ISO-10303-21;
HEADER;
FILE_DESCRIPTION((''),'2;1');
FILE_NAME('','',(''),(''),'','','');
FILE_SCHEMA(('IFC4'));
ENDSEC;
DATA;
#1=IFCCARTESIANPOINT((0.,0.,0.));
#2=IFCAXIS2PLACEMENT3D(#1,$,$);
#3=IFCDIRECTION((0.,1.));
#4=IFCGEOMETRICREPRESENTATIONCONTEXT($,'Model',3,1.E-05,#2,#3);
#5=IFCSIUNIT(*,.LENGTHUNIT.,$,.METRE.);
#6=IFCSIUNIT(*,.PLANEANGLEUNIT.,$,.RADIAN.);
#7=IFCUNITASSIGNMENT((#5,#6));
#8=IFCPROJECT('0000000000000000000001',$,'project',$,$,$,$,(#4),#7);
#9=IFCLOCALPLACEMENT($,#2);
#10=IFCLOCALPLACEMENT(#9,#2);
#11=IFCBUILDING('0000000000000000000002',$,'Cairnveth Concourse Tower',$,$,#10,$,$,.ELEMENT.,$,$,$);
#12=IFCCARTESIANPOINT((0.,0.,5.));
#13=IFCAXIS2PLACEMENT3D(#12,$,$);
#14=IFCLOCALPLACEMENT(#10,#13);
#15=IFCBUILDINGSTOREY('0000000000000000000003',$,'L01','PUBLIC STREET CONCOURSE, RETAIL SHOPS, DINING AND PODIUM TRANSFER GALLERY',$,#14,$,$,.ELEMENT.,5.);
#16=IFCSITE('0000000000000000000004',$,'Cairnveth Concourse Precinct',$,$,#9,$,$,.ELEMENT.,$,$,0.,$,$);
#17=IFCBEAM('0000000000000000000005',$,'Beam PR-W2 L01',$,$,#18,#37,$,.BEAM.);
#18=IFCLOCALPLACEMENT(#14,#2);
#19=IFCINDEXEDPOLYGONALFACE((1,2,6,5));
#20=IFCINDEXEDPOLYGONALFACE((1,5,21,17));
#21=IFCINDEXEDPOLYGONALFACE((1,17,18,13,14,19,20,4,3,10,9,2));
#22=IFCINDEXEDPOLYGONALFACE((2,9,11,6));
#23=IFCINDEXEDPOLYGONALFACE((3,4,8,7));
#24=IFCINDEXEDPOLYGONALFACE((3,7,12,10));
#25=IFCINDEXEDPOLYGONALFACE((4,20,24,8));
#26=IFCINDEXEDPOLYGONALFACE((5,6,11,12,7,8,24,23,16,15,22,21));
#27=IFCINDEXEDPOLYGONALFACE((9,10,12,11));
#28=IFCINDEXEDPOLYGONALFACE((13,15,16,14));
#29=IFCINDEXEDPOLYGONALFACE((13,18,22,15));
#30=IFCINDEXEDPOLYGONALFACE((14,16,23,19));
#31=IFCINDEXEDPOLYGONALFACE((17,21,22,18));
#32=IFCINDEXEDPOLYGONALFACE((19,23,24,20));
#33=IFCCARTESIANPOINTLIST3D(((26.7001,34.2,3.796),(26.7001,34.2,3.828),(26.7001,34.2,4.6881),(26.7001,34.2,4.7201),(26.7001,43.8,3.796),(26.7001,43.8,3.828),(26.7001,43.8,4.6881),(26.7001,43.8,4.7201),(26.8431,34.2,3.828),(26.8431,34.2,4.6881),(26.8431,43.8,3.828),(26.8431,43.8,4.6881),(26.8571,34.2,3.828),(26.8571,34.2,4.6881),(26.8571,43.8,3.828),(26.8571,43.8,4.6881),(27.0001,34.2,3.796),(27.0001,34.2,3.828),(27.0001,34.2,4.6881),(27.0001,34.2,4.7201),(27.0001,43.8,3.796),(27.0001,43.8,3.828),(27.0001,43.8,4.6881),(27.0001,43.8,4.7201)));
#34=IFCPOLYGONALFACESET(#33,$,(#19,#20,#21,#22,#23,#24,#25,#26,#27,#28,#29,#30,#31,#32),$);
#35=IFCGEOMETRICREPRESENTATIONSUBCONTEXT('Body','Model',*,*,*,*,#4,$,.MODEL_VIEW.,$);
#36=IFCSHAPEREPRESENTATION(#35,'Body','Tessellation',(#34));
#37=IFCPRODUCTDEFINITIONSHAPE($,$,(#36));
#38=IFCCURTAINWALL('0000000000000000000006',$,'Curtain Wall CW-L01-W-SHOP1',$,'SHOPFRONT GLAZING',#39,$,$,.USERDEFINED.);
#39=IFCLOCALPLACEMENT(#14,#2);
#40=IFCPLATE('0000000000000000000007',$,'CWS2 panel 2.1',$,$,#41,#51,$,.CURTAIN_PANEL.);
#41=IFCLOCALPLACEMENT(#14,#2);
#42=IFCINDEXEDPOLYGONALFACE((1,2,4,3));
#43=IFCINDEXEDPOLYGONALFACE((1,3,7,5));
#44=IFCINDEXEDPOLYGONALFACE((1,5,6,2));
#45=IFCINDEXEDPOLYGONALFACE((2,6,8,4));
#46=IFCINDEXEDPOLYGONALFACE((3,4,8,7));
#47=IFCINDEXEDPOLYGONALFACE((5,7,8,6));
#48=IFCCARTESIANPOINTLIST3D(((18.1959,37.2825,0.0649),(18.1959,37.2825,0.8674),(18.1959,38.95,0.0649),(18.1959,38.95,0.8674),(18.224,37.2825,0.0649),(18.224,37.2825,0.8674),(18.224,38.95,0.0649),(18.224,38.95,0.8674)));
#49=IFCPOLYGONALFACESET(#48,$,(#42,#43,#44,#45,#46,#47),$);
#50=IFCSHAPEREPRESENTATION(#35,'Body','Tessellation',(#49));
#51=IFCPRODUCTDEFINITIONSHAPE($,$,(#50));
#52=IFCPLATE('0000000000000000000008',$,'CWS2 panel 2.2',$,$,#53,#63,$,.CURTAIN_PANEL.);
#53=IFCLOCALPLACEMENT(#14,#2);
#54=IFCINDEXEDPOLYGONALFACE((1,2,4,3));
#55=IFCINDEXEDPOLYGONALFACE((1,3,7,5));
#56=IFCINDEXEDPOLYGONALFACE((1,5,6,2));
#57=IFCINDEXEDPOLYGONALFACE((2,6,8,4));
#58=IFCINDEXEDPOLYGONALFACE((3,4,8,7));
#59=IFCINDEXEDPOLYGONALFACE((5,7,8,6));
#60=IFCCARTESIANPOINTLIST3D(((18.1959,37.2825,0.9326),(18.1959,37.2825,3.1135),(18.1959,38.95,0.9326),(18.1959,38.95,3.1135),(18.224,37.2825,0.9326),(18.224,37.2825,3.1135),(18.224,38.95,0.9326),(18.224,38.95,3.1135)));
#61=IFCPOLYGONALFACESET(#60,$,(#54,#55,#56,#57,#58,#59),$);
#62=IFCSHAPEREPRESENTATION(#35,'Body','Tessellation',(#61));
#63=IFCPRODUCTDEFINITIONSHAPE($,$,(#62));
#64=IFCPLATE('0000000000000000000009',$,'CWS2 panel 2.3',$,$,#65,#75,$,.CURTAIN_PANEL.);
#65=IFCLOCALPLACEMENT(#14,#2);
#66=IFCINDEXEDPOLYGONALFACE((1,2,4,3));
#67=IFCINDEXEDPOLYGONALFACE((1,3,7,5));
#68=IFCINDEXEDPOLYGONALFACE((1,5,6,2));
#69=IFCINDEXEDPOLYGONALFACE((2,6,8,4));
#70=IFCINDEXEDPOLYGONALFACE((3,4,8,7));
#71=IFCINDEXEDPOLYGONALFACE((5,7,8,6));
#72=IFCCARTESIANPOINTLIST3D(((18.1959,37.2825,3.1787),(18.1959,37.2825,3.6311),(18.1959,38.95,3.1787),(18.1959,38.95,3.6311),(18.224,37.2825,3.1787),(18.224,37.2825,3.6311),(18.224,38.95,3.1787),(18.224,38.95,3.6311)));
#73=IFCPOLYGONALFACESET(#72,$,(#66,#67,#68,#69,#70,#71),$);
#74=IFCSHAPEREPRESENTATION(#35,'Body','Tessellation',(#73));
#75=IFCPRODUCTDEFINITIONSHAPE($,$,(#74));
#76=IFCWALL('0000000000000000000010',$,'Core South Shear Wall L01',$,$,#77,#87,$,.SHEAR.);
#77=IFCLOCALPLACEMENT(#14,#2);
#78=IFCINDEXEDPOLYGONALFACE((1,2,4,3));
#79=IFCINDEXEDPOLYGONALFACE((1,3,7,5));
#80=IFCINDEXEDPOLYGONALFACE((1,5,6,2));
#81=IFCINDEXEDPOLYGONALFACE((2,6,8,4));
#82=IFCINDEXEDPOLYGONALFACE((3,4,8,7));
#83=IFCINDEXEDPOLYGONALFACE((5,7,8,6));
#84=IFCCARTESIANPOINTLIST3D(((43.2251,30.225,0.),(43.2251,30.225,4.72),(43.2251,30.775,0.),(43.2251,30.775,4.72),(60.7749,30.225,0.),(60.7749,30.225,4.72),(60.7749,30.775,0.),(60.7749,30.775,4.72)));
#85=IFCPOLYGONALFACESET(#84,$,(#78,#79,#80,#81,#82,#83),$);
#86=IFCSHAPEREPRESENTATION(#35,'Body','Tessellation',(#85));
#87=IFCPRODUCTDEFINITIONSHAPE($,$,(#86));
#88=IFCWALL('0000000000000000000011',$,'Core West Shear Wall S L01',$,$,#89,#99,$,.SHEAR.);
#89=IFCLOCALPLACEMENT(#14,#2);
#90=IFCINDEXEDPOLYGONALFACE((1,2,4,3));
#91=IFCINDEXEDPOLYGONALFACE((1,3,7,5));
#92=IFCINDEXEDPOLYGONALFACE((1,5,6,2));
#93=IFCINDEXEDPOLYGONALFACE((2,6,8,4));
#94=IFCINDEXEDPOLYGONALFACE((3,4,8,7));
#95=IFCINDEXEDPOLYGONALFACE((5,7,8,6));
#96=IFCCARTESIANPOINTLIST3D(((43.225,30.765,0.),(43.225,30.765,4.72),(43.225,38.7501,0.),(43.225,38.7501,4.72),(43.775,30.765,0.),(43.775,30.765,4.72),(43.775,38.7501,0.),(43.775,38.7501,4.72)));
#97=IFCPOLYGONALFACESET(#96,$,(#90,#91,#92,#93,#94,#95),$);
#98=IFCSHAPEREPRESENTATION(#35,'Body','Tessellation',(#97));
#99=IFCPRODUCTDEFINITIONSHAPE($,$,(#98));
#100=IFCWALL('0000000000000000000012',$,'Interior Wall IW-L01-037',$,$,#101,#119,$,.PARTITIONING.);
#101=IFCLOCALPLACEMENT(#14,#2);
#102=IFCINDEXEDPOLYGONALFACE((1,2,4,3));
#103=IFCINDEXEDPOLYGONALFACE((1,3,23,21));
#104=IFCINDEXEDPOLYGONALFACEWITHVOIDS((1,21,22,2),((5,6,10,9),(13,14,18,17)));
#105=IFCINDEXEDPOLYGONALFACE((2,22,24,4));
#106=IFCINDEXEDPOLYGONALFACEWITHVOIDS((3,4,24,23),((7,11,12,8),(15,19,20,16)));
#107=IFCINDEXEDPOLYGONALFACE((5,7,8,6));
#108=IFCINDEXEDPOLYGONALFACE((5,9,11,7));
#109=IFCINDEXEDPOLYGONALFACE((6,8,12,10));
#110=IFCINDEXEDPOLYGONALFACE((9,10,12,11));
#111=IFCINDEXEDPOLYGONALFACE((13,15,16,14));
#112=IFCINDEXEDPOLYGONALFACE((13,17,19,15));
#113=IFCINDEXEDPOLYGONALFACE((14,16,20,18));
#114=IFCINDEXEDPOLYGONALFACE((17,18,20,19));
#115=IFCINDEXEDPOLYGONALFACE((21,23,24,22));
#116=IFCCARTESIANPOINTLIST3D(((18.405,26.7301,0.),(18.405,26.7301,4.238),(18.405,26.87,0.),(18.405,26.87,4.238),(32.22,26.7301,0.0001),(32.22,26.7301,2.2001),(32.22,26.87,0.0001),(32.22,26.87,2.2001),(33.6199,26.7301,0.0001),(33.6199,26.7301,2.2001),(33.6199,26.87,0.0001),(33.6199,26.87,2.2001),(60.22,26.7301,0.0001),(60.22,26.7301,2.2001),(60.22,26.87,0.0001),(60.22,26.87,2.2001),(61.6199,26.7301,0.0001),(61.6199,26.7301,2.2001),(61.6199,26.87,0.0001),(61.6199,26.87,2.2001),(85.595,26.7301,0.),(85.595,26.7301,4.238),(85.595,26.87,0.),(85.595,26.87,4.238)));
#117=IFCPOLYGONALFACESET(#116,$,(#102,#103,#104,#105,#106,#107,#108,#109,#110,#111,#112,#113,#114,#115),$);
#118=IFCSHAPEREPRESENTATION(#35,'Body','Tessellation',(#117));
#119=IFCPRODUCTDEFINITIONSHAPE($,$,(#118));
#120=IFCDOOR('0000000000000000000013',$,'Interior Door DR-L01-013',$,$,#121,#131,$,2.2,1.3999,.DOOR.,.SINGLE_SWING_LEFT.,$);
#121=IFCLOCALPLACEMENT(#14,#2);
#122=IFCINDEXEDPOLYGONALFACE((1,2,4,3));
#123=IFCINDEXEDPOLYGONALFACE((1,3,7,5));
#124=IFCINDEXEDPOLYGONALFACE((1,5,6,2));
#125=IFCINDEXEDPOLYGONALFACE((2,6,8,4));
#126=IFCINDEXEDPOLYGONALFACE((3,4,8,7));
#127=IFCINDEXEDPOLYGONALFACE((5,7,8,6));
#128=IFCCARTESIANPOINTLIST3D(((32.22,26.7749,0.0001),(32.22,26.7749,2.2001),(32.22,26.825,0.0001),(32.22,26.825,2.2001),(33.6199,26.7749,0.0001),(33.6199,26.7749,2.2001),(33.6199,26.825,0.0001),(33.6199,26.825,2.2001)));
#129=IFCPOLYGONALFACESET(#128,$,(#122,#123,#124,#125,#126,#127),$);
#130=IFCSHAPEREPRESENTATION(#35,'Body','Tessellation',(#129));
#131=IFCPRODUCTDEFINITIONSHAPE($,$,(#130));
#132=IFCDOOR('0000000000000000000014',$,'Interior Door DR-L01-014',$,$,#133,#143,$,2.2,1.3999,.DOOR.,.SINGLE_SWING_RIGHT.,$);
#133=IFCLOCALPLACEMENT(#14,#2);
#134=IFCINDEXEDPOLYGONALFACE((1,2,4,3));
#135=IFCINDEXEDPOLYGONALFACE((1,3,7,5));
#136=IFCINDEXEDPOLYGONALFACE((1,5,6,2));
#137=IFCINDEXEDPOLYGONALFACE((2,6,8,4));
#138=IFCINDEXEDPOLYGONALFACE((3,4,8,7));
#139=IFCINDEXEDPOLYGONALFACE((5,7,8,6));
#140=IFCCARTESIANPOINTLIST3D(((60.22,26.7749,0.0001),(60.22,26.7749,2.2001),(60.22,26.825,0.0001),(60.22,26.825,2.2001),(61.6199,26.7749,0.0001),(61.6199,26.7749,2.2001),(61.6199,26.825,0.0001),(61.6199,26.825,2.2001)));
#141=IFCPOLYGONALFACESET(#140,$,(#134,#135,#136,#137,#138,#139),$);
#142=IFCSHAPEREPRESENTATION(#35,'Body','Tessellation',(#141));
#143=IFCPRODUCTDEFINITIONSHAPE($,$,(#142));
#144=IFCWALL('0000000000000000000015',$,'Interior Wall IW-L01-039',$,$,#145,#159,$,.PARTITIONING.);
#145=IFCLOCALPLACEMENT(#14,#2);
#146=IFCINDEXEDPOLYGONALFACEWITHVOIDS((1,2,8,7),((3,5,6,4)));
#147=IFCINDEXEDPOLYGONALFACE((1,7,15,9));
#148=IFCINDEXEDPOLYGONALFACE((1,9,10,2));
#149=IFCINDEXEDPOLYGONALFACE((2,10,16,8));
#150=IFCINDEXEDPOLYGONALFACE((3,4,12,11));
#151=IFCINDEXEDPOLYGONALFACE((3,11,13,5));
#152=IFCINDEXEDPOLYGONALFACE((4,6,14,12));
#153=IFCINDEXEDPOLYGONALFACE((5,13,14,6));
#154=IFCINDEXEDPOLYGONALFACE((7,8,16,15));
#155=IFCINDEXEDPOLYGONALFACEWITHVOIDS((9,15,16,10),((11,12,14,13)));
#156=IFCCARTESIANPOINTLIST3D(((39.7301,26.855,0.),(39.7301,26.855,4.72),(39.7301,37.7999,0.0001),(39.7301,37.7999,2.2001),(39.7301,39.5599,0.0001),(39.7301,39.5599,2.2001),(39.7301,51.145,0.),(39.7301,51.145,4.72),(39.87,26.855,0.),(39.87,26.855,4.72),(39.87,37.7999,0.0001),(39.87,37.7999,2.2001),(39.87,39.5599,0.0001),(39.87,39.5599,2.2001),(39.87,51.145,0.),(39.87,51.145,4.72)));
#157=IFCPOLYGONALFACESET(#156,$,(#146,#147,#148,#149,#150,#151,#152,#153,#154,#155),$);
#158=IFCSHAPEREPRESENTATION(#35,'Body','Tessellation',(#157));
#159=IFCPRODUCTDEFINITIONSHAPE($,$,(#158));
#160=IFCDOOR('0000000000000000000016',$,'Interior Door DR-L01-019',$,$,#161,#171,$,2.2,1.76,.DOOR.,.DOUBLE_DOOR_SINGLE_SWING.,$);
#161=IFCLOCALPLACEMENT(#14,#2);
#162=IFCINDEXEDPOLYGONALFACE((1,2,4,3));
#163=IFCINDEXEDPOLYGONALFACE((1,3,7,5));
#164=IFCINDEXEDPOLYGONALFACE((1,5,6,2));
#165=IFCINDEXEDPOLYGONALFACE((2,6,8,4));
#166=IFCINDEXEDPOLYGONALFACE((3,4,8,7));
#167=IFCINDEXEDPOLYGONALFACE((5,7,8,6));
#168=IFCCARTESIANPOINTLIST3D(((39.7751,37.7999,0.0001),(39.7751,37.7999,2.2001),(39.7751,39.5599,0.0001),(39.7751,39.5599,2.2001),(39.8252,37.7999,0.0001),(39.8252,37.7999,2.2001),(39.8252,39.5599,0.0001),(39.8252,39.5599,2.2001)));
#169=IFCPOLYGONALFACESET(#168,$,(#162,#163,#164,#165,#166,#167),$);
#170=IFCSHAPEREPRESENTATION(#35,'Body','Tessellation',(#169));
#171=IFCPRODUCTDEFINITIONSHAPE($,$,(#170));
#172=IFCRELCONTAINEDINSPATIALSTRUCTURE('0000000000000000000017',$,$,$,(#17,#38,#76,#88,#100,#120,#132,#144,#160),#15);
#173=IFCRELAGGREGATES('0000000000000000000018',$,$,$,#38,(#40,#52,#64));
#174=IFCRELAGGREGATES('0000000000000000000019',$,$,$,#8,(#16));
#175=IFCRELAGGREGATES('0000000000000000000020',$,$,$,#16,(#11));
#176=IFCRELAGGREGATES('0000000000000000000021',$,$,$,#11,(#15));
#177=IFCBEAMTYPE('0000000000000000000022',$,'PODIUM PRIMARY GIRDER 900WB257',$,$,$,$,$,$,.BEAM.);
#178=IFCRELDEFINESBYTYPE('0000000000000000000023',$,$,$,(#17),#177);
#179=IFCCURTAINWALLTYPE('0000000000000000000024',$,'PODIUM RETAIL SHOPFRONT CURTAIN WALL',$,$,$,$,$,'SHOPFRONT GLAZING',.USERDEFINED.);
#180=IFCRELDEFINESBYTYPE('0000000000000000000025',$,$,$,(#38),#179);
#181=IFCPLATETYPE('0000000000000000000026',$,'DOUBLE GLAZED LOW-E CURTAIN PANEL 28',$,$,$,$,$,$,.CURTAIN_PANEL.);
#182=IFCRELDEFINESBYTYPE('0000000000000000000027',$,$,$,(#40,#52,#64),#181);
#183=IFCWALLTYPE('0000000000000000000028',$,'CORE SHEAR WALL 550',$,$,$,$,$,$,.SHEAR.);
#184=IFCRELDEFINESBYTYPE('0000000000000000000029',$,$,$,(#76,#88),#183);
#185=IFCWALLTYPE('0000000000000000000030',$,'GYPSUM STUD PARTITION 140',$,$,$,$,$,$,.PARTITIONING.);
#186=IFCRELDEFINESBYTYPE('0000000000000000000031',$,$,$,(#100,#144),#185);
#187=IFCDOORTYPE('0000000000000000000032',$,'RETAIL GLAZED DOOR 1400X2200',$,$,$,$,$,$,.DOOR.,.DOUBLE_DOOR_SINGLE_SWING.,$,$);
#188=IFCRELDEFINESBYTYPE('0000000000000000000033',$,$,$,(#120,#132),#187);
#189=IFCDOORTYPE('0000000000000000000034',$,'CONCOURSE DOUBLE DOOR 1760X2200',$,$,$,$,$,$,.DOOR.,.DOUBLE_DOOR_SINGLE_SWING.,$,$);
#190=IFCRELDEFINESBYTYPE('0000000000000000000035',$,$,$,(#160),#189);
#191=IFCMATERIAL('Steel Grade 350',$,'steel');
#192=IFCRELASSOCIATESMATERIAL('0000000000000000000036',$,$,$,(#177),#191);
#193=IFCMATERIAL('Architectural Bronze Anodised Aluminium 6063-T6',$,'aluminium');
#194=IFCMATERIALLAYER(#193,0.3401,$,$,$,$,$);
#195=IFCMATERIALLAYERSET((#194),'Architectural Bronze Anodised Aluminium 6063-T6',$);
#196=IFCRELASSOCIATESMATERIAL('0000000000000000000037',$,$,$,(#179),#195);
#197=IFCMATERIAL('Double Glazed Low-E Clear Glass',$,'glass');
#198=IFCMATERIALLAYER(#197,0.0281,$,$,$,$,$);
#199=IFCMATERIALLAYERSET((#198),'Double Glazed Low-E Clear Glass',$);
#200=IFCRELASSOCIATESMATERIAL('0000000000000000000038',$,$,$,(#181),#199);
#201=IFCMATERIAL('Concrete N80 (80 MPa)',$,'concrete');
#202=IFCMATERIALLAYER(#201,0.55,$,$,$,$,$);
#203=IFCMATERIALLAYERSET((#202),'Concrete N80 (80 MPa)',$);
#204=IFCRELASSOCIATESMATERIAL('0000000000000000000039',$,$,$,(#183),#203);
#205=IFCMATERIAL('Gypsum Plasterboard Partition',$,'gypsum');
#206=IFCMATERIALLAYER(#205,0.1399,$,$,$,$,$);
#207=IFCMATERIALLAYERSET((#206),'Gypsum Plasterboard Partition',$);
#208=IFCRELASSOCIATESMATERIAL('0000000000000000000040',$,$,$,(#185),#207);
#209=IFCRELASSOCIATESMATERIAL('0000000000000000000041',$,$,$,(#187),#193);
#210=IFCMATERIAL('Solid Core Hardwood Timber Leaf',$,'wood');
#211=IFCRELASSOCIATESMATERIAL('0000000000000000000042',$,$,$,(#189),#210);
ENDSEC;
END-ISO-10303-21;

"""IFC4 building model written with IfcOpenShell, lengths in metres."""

from ifc_helpers import new_model, si_unit, direction, frame, frame_2d, origin, origin_2d, place, context, subcontext, project, spatial, rectangle, i_section, extrude, material, layer, layer_set, material_profile, profile_set, type_object, element, fill, aggregate, save


model = new_model("IFC4")

# Units and contexts
model_context = context("Model", 3, precision=1e-05, world=origin(), true_north=direction((0.0, 1.0)))
body_context = subcontext(model_context, "Body", "Model", "MODEL_VIEW")
ifc_project = project(units=[si_unit("LENGTHUNIT", "METRE"), si_unit("PLANEANGLEUNIT", "RADIAN")], contexts=[model_context])

# Site, building, storey
site_placement = place(None, origin())
site = spatial("IfcSite", under=ifc_project, at=site_placement, Name="Cairnveth Concourse Precinct", CompositionType="ELEMENT", RefElevation=0.0)
building_placement = place(site_placement, origin())
building = spatial("IfcBuilding", under=site, at=building_placement, Name="Cairnveth Concourse Tower", CompositionType="ELEMENT")
storey_placement = place(building_placement, frame((0.0, 0.0, 5.0)))
storey = spatial("IfcBuildingStorey", under=building, at=storey_placement, Name="L01", Description="PUBLIC STREET CONCOURSE, RETAIL SHOPS, DINING AND PODIUM TRANSFER GALLERY", CompositionType="ELEMENT", Elevation=5.0)

# Shared definitions
ifc_material_1 = material(Name="Concrete N80 (80 MPa)", Category="concrete")

# Beam
ifc_material_2 = material(Name="Steel Grade 350", Category="steel")
ifc_material_profile_1 = material_profile(ifc_material_2, i_section(OverallWidth=0.3, OverallDepth=0.9241, WebThickness=0.0139, FlangeThickness=0.032, at=origin_2d()), Name="900WB257")
ifc_profile_set_1 = profile_set([ifc_material_profile_1], Name="Steel Grade 350")
beam_type_1 = type_object("IfcBeamType", Name="PODIUM PRIMARY GIRDER 900WB257", PredefinedType="BEAM", material=ifc_profile_set_1)
beam_1_placement = place(storey_placement, frame((26.8501, 34.2, 4.2581), z_axis=(0.0, 1.0, 0.0), x_axis=(-1.0, 0.0, 0.0)))
element("IfcBeam", 1, at=beam_1_placement, inside=storey, type_object=beam_type_1, Name="Beam PR-W2 L01", PredefinedType="BEAM", context=body_context, shape_type="SweptSolid", body=[
    extrude(i_section(OverallWidth=0.3, OverallDepth=0.9241, WebThickness=0.0139, FlangeThickness=0.032, at=origin_2d()), origin(), (0.0, 0.0, 1.0), 9.6001),
])

# Curtain wall, plates
ifc_material_3 = material(Name="Architectural Bronze Anodised Aluminium 6063-T6", Category="aluminium")
ifc_layer_1 = layer(ifc_material_3, 0.3401)
ifc_layer_set_1 = layer_set([ifc_layer_1], Name="Architectural Bronze Anodised Aluminium 6063-T6")
curtain_wall_type = type_object("IfcCurtainWallType", Name="PODIUM RETAIL SHOPFRONT CURTAIN WALL", ElementType="SHOPFRONT GLAZING", PredefinedType="USERDEFINED", material=ifc_layer_set_1)
curtain_wall_placement = place(storey_placement, origin())
curtain_wall = element("IfcCurtainWall", 2, at=curtain_wall_placement, inside=storey, type_object=curtain_wall_type, Name="Curtain Wall CW-L01-W-SHOP1", ObjectType="SHOPFRONT GLAZING", PredefinedType="USERDEFINED")
ifc_material_4 = material(Name="Double Glazed Low-E Clear Glass", Category="glass")
ifc_layer_2 = layer(ifc_material_4, 0.0281)
ifc_layer_set_2 = layer_set([ifc_layer_2], Name="Double Glazed Low-E Clear Glass")
plate_type = type_object("IfcPlateType", Name="DOUBLE GLAZED LOW-E CURTAIN PANEL 28", PredefinedType="CURTAIN_PANEL", material=ifc_layer_set_2)
plate_1_placement = place(storey_placement, frame((18.21, 38.1162, 0.0649), z_axis=(0.0, 0.0, 1.0), x_axis=(0.0, 1.0, 0.0)))
plate_1 = element("IfcPlate", 3, at=plate_1_placement, type_object=plate_type, Name="CWS2 panel 2.1", PredefinedType="CURTAIN_PANEL", context=body_context, shape_type="SweptSolid", body=[
    extrude(rectangle(XDim=1.6675, YDim=0.0281, at=origin_2d()), origin(), (0.0, 0.0, 1.0), 0.8025),
])
plate_2_placement = place(storey_placement, frame((18.21, 38.1162, 0.9326), z_axis=(0.0, 0.0, 1.0), x_axis=(0.0, 1.0, 0.0)))
plate_2 = element("IfcPlate", 4, at=plate_2_placement, type_object=plate_type, Name="CWS2 panel 2.2", PredefinedType="CURTAIN_PANEL", context=body_context, shape_type="SweptSolid", body=[
    extrude(rectangle(XDim=1.6675, YDim=0.0281, at=origin_2d()), origin(), (0.0, 0.0, 1.0), 2.1809),
])
plate_3_placement = place(storey_placement, frame((18.21, 38.1162, 3.1787), z_axis=(0.0, 0.0, 1.0), x_axis=(0.0, 1.0, 0.0)))
plate_3 = element("IfcPlate", 5, at=plate_3_placement, type_object=plate_type, Name="CWS2 panel 2.3", PredefinedType="CURTAIN_PANEL", context=body_context, shape_type="SweptSolid", body=[
    extrude(rectangle(XDim=1.6675, YDim=0.0281, at=origin_2d()), origin(), (0.0, 0.0, 1.0), 0.4524),
])
aggregate(curtain_wall, [plate_1, plate_2, plate_3])

# Walls
ifc_layer_3 = layer(ifc_material_1, 0.55)
ifc_layer_set_3 = layer_set([ifc_layer_3], Name="Concrete N80 (80 MPa)")
wall_type_1 = type_object("IfcWallType", Name="CORE SHEAR WALL 550", PredefinedType="SHEAR", material=ifc_layer_set_3)
wall_1_placement = place(storey_placement, frame((43.2251, 30.5, 0.0), z_axis=(0.0, 0.0, 1.0), x_axis=(1.0, 0.0, 0.0)))
element("IfcWall", 6, at=wall_1_placement, inside=storey, type_object=wall_type_1, Name="Core South Shear Wall L01", PredefinedType="SHEAR", context=body_context, shape_type="SweptSolid", body=[
    extrude(rectangle(XDim=17.5498, YDim=0.55, at=frame_2d((8.7749, 0.0))), origin(), (0.0, 0.0, 1.0), 4.72),
])
wall_2_placement = place(storey_placement, frame((43.5, 30.7649, 0.0), z_axis=(0.0, 0.0, 1.0), x_axis=(0.0, 1.0, 0.0)))
element("IfcWall", 7, at=wall_2_placement, inside=storey, type_object=wall_type_1, Name="Core West Shear Wall S L01", PredefinedType="SHEAR", context=body_context, shape_type="SweptSolid", body=[
    extrude(rectangle(XDim=7.9851, YDim=0.55, at=frame_2d((3.9927, 0.0))), origin(), (0.0, 0.0, 1.0), 4.72),
])

# Wall, openings, doors
ifc_material_5 = material(Name="Gypsum Plasterboard Partition", Category="gypsum")
ifc_layer_4 = layer(ifc_material_5, 0.1399)
ifc_layer_set_4 = layer_set([ifc_layer_4], Name="Gypsum Plasterboard Partition")
wall_type_2 = type_object("IfcWallType", Name="GYPSUM STUD PARTITION 140", PredefinedType="PARTITIONING", material=ifc_layer_set_4)
wall_3_placement = place(storey_placement, frame((18.405, 26.8, 0.0), z_axis=(0.0, 0.0, 1.0), x_axis=(1.0, 0.0, 0.0)))
wall_3 = element("IfcWall", 8, at=wall_3_placement, inside=storey, type_object=wall_type_2, Name="Interior Wall IW-L01-037", PredefinedType="PARTITIONING", context=body_context, shape_type="SweptSolid", body=[
    extrude(rectangle(XDim=67.1899, YDim=0.1399, at=frame_2d((33.595, 0.0))), origin(), (0.0, 0.0, 1.0), 4.238),
])
opening_1_placement = place(wall_3_placement, frame((13.8149, 0.0, 0.0)))
opening_1 = element("IfcOpeningElement", 9, at=opening_1_placement, cuts=wall_3, PredefinedType="OPENING", context=body_context, shape_type="SweptSolid", body=[
    extrude(rectangle(XDim=1.3999, YDim=2.2, at=frame_2d((0.7, 1.1001))), frame((0.0, 0.0798, 0.0), z_axis=(0.0, -1.0, 0.0), x_axis=(1.0, 0.0, 0.0)), (0.0, 0.0, 1.0), 0.1599),
])
opening_2_placement = place(wall_3_placement, frame((41.8149, 0.0, 0.0)))
opening_2 = element("IfcOpeningElement", 10, at=opening_2_placement, cuts=wall_3, PredefinedType="OPENING", context=body_context, shape_type="SweptSolid", body=[
    extrude(rectangle(XDim=1.3999, YDim=2.2, at=frame_2d((0.7, 1.1001))), frame((0.0, 0.0798, 0.0), z_axis=(0.0, -1.0, 0.0), x_axis=(1.0, 0.0, 0.0)), (0.0, 0.0, 1.0), 0.1599),
])
door_type_1 = type_object("IfcDoorType", Name="RETAIL GLAZED DOOR 1400X2200", OperationType="DOUBLE_DOOR_SINGLE_SWING", PredefinedType="DOOR", material=ifc_material_3)
door_1_placement = place(opening_1_placement, origin())
door_1 = element("IfcDoor", 11, at=door_1_placement, inside=storey, type_object=door_type_1, Name="Interior Door DR-L01-013", OperationType="SINGLE_SWING_LEFT", OverallHeight=2.2, OverallWidth=1.3999, PredefinedType="DOOR", context=body_context, shape_type="SweptSolid", body=[
    extrude(rectangle(XDim=1.3999, YDim=2.2, at=frame_2d((0.7, 1.1001))), frame((0.0, 0.0249, 0.0), z_axis=(0.0, -1.0, 0.0), x_axis=(1.0, 0.0, 0.0)), (0.0, 0.0, 1.0), 0.05),
])
fill(opening_1, door_1)
door_2_placement = place(opening_2_placement, origin())
door_2 = element("IfcDoor", 12, at=door_2_placement, inside=storey, type_object=door_type_1, Name="Interior Door DR-L01-014", OperationType="SINGLE_SWING_RIGHT", OverallHeight=2.2, OverallWidth=1.3999, PredefinedType="DOOR", context=body_context, shape_type="SweptSolid", body=[
    extrude(rectangle(XDim=1.3999, YDim=2.2, at=frame_2d((0.7, 1.1001))), frame((0.0, 0.0249, 0.0), z_axis=(0.0, -1.0, 0.0), x_axis=(1.0, 0.0, 0.0)), (0.0, 0.0, 1.0), 0.05),
])
fill(opening_2, door_2)

# Wall, opening, door
wall_4_placement = place(storey_placement, frame((39.8, 26.855, 0.0), z_axis=(0.0, 0.0, 1.0), x_axis=(0.0, 1.0, 0.0)))
wall_4 = element("IfcWall", 13, at=wall_4_placement, inside=storey, type_object=wall_type_2, Name="Interior Wall IW-L01-039", PredefinedType="PARTITIONING", context=body_context, shape_type="SweptSolid", body=[
    extrude(rectangle(XDim=24.29, YDim=0.1399, at=frame_2d((12.145, 0.0))), origin(), (0.0, 0.0, 1.0), 4.72),
])
opening_3_placement = place(wall_4_placement, frame((10.9451, 0.0, 0.0)))
opening_3 = element("IfcOpeningElement", 14, at=opening_3_placement, cuts=wall_4, PredefinedType="OPENING", context=body_context, shape_type="SweptSolid", body=[
    extrude(rectangle(XDim=1.76, YDim=2.2, at=frame_2d((0.8799, 1.1001))), frame((0.0, 0.0798, 0.0), z_axis=(0.0, -1.0, 0.0), x_axis=(1.0, 0.0, 0.0)), (0.0, 0.0, 1.0), 0.1599),
])
ifc_material_6 = material(Name="Solid Core Hardwood Timber Leaf", Category="wood")
door_type_2 = type_object("IfcDoorType", Name="CONCOURSE DOUBLE DOOR 1760X2200", OperationType="DOUBLE_DOOR_SINGLE_SWING", PredefinedType="DOOR", material=ifc_material_6)
door_3_placement = place(opening_3_placement, origin())
door_3 = element("IfcDoor", 15, at=door_3_placement, inside=storey, type_object=door_type_2, Name="Interior Door DR-L01-019", OperationType="DOUBLE_DOOR_SINGLE_SWING", OverallHeight=2.2, OverallWidth=1.76, PredefinedType="DOOR", context=body_context, shape_type="SweptSolid", body=[
    extrude(rectangle(XDim=1.76, YDim=2.2, at=frame_2d((0.8799, 1.1001))), frame((0.0, 0.0249, 0.0), z_axis=(0.0, -1.0, 0.0), x_axis=(1.0, 0.0, 0.0)), (0.0, 0.0, 1.0), 0.05),
])
fill(opening_3, door_3)

save(model, "model.ifc")
